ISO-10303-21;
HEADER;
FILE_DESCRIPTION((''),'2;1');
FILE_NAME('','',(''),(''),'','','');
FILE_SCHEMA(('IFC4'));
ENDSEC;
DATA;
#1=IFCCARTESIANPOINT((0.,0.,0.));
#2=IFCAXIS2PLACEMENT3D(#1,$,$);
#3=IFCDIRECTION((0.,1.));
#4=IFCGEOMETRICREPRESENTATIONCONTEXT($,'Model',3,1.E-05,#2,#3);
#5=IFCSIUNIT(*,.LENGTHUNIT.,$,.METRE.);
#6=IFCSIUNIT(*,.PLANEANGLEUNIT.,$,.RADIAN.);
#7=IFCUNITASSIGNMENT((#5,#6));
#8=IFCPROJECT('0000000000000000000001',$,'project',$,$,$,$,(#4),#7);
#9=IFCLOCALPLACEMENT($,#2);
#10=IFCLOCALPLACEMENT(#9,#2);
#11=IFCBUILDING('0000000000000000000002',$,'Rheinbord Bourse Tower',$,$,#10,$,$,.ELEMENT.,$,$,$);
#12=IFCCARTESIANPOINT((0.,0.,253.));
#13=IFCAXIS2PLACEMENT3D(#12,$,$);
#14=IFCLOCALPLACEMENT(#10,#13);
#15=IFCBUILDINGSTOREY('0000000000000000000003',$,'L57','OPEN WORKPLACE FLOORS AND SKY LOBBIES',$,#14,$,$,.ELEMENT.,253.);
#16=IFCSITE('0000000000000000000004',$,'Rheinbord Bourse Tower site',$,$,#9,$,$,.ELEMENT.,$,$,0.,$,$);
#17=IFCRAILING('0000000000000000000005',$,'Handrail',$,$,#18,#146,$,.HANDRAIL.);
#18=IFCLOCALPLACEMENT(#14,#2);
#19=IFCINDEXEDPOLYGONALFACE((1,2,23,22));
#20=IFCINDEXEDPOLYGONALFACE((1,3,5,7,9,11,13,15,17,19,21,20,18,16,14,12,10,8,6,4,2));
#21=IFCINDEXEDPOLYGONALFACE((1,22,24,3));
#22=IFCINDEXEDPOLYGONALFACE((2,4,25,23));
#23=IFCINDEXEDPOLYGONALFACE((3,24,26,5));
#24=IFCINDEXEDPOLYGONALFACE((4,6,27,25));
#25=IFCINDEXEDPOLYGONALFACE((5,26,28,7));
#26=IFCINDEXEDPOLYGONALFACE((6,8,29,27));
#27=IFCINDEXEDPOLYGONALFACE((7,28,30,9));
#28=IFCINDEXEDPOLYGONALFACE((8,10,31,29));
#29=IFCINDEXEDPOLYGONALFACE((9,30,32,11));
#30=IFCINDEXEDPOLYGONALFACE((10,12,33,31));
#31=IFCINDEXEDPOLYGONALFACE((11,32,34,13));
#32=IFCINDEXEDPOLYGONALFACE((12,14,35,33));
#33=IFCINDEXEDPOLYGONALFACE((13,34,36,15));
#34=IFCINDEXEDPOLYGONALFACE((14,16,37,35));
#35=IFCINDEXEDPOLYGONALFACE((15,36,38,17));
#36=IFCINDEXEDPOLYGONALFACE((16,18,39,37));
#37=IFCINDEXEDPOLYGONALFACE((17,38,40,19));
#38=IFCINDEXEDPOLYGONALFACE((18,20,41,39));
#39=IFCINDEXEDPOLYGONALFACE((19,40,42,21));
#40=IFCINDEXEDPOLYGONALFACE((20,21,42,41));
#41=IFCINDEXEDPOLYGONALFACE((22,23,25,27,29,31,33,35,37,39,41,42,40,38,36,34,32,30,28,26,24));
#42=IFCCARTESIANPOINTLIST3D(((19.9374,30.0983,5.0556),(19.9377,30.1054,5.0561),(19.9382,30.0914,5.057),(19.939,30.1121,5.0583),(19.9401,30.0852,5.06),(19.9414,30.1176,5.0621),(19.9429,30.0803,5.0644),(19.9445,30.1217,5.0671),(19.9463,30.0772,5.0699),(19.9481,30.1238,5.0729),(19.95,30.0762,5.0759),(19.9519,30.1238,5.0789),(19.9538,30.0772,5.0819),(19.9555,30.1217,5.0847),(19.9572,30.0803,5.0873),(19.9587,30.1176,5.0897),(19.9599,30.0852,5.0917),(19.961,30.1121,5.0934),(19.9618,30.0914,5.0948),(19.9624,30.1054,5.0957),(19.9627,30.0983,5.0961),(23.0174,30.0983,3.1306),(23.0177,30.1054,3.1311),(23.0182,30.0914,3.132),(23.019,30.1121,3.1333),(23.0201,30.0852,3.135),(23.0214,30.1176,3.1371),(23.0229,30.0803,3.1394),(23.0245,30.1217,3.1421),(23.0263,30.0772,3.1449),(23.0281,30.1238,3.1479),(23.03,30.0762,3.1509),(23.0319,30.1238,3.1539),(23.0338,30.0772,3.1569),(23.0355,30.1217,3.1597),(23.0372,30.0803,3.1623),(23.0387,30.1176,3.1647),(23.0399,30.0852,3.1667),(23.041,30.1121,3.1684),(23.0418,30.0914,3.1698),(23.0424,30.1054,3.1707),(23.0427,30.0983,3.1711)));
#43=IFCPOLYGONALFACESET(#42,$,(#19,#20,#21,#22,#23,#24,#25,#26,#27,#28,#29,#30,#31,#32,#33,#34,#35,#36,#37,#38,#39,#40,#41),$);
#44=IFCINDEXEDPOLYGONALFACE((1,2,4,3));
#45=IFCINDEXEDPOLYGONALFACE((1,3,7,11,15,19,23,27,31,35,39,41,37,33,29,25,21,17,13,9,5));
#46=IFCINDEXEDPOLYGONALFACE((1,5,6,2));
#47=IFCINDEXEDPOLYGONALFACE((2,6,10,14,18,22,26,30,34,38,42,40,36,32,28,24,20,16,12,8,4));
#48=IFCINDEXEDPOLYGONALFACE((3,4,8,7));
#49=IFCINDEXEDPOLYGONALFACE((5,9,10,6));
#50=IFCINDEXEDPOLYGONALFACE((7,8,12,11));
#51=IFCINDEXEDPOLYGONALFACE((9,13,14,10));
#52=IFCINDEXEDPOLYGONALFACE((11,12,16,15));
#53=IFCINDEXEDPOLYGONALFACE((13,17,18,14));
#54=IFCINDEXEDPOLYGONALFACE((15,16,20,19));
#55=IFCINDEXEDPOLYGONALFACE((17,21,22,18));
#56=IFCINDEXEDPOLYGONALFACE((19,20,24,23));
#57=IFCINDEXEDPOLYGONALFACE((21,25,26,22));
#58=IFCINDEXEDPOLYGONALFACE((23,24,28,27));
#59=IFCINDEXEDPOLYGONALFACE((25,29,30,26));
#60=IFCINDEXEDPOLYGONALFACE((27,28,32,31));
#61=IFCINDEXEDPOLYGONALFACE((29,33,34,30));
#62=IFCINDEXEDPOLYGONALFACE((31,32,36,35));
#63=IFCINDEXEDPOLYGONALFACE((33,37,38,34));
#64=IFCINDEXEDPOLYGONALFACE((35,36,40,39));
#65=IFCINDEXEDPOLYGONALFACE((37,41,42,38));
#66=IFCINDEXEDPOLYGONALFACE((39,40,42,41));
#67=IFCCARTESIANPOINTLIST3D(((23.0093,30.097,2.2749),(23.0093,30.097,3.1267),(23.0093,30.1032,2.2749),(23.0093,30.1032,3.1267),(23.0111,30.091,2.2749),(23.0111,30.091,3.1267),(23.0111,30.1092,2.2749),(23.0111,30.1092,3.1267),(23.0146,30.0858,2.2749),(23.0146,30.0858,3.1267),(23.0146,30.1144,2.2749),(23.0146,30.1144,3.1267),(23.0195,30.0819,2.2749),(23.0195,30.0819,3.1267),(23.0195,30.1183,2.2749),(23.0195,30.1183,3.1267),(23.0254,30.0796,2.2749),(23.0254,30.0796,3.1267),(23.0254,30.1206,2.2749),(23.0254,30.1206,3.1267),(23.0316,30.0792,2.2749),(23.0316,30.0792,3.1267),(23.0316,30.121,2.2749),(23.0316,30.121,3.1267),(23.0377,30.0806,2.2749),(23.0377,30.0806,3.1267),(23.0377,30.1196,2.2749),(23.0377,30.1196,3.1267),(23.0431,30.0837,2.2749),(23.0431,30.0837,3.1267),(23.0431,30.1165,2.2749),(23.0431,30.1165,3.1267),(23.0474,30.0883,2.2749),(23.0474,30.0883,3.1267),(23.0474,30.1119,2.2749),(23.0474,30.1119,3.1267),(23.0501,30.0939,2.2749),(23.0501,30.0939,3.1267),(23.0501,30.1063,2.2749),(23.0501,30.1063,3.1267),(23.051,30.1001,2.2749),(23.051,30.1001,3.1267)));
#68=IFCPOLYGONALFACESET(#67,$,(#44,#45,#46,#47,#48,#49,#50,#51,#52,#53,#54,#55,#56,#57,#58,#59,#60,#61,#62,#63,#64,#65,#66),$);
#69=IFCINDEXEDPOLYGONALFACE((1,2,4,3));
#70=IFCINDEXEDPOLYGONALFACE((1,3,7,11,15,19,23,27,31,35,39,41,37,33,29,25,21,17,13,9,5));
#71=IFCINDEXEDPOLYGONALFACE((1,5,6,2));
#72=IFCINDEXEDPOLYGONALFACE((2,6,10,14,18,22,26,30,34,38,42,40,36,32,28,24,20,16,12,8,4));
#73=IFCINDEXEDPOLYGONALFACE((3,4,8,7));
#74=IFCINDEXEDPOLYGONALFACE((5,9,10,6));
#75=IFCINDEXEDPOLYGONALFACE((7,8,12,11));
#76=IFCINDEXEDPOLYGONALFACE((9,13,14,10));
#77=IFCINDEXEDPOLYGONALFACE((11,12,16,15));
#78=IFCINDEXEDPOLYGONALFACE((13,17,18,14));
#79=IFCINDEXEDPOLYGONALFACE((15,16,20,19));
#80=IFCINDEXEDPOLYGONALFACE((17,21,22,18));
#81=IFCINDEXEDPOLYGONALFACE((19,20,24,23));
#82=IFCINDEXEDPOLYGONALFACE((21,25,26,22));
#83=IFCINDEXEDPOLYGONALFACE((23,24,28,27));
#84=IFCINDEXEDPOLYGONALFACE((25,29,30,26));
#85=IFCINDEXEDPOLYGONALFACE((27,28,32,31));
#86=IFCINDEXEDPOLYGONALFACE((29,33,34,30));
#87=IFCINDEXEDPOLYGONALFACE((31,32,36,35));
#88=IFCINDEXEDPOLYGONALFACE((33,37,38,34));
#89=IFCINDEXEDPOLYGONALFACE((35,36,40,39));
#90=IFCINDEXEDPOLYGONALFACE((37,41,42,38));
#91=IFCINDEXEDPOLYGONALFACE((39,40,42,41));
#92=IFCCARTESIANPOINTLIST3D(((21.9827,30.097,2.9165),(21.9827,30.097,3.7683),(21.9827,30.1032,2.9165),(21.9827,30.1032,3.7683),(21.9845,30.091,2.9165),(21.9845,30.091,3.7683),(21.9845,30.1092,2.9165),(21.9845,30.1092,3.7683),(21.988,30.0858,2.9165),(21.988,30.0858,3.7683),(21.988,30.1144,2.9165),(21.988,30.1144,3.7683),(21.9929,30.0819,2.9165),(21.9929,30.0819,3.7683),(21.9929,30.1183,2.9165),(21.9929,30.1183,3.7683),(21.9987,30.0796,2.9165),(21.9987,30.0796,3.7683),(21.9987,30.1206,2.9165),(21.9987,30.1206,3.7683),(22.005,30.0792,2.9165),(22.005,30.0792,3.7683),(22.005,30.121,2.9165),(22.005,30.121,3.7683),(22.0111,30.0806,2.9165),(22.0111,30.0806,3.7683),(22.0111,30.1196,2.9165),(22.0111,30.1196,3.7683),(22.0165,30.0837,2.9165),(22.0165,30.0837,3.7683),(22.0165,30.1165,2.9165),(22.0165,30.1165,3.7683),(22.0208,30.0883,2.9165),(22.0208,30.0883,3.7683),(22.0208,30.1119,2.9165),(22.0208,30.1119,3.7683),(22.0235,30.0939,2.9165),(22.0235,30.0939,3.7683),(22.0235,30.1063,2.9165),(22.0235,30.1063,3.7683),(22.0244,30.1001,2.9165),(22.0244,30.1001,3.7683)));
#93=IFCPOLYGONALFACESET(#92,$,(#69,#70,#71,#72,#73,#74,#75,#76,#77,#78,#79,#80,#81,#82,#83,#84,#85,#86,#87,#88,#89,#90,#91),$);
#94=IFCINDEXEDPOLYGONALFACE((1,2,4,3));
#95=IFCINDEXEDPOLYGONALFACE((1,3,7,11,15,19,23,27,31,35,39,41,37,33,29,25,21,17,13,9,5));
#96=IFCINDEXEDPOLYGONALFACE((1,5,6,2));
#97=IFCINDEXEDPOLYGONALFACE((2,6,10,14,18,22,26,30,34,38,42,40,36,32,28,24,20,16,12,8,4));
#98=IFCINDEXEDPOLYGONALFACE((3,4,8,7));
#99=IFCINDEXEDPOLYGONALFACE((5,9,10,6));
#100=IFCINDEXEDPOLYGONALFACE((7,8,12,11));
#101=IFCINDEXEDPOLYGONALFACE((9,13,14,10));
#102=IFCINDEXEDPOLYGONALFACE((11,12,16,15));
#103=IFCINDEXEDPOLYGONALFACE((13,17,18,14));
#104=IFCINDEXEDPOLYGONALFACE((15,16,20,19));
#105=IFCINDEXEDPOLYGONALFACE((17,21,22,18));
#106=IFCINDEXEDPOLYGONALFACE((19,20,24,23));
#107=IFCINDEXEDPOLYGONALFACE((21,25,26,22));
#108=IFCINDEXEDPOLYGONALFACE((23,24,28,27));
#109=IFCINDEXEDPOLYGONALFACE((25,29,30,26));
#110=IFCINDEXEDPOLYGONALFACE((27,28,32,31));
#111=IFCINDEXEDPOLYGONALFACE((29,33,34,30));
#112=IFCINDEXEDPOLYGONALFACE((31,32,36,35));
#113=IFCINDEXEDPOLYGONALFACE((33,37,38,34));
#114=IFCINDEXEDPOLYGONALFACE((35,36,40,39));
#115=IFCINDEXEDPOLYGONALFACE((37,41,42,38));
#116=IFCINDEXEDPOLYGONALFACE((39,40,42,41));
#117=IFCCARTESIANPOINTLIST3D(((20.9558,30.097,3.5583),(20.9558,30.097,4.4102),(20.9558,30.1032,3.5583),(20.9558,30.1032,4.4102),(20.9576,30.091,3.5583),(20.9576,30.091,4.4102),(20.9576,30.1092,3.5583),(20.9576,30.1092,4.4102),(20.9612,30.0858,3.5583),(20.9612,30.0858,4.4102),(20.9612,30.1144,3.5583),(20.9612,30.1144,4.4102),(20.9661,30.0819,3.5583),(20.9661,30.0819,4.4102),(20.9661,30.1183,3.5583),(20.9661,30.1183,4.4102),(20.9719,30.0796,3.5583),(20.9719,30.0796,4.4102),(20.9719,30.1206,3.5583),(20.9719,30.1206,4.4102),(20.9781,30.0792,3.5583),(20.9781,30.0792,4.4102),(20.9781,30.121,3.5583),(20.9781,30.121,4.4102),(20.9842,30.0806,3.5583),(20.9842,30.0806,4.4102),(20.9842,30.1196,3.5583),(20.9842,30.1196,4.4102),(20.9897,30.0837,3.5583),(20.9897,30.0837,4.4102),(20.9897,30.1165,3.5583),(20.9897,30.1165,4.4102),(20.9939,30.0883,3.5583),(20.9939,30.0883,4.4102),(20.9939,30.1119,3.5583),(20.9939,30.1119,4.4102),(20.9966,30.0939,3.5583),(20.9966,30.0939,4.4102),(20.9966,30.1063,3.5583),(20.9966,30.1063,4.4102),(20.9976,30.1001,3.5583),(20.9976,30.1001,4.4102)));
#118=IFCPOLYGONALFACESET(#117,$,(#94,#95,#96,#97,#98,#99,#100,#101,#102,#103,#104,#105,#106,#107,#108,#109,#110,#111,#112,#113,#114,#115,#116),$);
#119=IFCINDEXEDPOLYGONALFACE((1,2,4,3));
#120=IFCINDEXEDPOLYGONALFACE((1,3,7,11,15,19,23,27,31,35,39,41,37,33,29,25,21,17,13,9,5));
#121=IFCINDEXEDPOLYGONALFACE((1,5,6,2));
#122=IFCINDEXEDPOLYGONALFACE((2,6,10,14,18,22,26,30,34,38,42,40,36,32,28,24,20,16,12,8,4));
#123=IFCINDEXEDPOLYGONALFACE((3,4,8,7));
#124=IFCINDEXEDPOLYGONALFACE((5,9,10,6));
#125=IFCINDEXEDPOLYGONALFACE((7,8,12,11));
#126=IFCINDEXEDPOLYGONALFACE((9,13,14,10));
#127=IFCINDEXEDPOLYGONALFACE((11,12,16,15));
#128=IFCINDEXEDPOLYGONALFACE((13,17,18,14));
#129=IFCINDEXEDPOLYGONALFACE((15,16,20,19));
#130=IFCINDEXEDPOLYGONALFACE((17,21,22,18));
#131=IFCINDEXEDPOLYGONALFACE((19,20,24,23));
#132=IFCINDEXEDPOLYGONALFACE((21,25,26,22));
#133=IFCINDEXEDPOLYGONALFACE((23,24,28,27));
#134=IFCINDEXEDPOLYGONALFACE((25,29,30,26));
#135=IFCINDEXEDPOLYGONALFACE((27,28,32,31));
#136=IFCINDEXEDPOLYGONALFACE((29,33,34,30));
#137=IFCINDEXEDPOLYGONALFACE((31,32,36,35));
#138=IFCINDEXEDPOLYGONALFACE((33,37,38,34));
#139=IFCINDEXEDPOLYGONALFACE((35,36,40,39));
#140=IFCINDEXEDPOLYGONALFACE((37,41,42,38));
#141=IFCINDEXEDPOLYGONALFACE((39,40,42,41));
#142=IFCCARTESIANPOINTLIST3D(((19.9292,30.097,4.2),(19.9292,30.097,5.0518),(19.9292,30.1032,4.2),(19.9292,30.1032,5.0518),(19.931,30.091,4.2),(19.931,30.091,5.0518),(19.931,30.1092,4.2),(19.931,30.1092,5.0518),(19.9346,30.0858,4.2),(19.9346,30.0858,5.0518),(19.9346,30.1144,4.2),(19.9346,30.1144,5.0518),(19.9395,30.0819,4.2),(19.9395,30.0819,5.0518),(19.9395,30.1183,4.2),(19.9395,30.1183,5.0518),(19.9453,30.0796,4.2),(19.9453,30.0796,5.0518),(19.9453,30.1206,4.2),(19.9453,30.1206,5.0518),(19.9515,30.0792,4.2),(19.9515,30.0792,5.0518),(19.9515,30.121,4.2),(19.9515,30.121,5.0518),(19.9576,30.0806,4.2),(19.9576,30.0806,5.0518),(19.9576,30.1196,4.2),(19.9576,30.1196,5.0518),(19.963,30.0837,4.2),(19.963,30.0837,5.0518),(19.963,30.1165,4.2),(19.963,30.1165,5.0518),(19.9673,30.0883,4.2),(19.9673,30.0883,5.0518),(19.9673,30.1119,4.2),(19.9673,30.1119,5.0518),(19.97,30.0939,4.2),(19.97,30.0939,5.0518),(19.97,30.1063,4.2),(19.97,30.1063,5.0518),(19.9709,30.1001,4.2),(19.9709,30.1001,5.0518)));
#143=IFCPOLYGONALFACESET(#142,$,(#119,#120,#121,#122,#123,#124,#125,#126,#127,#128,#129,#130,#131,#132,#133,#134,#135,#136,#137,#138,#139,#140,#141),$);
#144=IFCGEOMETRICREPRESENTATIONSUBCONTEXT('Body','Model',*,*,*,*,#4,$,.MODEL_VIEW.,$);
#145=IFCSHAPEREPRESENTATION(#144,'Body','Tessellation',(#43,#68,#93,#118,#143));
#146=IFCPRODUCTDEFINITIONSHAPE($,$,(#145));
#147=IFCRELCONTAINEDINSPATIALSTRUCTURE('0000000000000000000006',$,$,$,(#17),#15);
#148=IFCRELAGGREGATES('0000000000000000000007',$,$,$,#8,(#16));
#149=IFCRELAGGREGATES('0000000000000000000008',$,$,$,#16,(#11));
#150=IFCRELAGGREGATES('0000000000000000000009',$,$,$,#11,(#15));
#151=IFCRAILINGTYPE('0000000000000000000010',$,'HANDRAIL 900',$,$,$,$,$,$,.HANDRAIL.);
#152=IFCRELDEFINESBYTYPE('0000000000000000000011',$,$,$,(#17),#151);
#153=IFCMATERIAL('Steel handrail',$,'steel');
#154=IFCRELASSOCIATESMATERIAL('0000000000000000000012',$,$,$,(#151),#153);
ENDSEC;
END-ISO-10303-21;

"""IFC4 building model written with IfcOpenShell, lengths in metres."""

from ifc_helpers import new_model, si_unit, direction, frame, origin, origin_2d, place, context, subcontext, project, spatial, circle, extrude, material, type_object, element, save


model = new_model("IFC4")

# Units and contexts
model_context = context("Model", 3, precision=1e-05, world=origin(), true_north=direction((0.0, 1.0)))
body_context = subcontext(model_context, "Body", "Model", "MODEL_VIEW")
ifc_project = project(units=[si_unit("LENGTHUNIT", "METRE"), si_unit("PLANEANGLEUNIT", "RADIAN")], contexts=[model_context])

# Site, building, storey
site_placement = place(None, origin())
site = spatial("IfcSite", under=ifc_project, at=site_placement, Name="Rheinbord Bourse Tower site", CompositionType="ELEMENT", RefElevation=0.0)
building_placement = place(site_placement, origin())
building = spatial("IfcBuilding", under=site, at=building_placement, Name="Rheinbord Bourse Tower", CompositionType="ELEMENT")
storey_placement = place(building_placement, frame((0.0, 0.0, 253.0)))
storey = spatial("IfcBuildingStorey", under=building, at=storey_placement, Name="L57", Description="OPEN WORKPLACE FLOORS AND SKY LOBBIES", CompositionType="ELEMENT", Elevation=253.0)

# Railing
ifc_material_1 = material(Name="Steel handrail", Category="steel")
railing_type = type_object("IfcRailingType", Name="HANDRAIL 900", PredefinedType="HANDRAIL", material=ifc_material_1)
railing_1_placement = place(storey_placement, frame((23.03, 30.1001, 2.2749)))
element("IfcRailing", 1, at=railing_1_placement, inside=storey, type_object=railing_type, Name="Handrail", PredefinedType="HANDRAIL", context=body_context, shape_type="SweptSolid", body=[
    extrude(circle(Radius=0.0239, at=origin_2d()), frame((0.0, 0.0, 0.876), z_axis=(-0.847998, 0.0, 0.529999), x_axis=(0.0, -1.0, 0.0)), (0.0, 0.0, 1.0), 3.6321),
    extrude(circle(Radius=0.021, at=origin_2d()), origin(), (0.0, 0.0, 1.0), 0.8518),
    extrude(circle(Radius=0.021, at=origin_2d()), frame((-1.0266, 0.0, 0.6416)), (0.0, 0.0, 1.0), 0.8518),
    extrude(circle(Radius=0.021, at=origin_2d()), frame((-2.0535, 0.0, 1.2834)), (0.0, 0.0, 1.0), 0.8518),
    extrude(circle(Radius=0.021, at=origin_2d()), frame((-3.0801, 0.0, 1.925)), (0.0, 0.0, 1.0), 0.8518),
])

save(model, "model.ifc")
